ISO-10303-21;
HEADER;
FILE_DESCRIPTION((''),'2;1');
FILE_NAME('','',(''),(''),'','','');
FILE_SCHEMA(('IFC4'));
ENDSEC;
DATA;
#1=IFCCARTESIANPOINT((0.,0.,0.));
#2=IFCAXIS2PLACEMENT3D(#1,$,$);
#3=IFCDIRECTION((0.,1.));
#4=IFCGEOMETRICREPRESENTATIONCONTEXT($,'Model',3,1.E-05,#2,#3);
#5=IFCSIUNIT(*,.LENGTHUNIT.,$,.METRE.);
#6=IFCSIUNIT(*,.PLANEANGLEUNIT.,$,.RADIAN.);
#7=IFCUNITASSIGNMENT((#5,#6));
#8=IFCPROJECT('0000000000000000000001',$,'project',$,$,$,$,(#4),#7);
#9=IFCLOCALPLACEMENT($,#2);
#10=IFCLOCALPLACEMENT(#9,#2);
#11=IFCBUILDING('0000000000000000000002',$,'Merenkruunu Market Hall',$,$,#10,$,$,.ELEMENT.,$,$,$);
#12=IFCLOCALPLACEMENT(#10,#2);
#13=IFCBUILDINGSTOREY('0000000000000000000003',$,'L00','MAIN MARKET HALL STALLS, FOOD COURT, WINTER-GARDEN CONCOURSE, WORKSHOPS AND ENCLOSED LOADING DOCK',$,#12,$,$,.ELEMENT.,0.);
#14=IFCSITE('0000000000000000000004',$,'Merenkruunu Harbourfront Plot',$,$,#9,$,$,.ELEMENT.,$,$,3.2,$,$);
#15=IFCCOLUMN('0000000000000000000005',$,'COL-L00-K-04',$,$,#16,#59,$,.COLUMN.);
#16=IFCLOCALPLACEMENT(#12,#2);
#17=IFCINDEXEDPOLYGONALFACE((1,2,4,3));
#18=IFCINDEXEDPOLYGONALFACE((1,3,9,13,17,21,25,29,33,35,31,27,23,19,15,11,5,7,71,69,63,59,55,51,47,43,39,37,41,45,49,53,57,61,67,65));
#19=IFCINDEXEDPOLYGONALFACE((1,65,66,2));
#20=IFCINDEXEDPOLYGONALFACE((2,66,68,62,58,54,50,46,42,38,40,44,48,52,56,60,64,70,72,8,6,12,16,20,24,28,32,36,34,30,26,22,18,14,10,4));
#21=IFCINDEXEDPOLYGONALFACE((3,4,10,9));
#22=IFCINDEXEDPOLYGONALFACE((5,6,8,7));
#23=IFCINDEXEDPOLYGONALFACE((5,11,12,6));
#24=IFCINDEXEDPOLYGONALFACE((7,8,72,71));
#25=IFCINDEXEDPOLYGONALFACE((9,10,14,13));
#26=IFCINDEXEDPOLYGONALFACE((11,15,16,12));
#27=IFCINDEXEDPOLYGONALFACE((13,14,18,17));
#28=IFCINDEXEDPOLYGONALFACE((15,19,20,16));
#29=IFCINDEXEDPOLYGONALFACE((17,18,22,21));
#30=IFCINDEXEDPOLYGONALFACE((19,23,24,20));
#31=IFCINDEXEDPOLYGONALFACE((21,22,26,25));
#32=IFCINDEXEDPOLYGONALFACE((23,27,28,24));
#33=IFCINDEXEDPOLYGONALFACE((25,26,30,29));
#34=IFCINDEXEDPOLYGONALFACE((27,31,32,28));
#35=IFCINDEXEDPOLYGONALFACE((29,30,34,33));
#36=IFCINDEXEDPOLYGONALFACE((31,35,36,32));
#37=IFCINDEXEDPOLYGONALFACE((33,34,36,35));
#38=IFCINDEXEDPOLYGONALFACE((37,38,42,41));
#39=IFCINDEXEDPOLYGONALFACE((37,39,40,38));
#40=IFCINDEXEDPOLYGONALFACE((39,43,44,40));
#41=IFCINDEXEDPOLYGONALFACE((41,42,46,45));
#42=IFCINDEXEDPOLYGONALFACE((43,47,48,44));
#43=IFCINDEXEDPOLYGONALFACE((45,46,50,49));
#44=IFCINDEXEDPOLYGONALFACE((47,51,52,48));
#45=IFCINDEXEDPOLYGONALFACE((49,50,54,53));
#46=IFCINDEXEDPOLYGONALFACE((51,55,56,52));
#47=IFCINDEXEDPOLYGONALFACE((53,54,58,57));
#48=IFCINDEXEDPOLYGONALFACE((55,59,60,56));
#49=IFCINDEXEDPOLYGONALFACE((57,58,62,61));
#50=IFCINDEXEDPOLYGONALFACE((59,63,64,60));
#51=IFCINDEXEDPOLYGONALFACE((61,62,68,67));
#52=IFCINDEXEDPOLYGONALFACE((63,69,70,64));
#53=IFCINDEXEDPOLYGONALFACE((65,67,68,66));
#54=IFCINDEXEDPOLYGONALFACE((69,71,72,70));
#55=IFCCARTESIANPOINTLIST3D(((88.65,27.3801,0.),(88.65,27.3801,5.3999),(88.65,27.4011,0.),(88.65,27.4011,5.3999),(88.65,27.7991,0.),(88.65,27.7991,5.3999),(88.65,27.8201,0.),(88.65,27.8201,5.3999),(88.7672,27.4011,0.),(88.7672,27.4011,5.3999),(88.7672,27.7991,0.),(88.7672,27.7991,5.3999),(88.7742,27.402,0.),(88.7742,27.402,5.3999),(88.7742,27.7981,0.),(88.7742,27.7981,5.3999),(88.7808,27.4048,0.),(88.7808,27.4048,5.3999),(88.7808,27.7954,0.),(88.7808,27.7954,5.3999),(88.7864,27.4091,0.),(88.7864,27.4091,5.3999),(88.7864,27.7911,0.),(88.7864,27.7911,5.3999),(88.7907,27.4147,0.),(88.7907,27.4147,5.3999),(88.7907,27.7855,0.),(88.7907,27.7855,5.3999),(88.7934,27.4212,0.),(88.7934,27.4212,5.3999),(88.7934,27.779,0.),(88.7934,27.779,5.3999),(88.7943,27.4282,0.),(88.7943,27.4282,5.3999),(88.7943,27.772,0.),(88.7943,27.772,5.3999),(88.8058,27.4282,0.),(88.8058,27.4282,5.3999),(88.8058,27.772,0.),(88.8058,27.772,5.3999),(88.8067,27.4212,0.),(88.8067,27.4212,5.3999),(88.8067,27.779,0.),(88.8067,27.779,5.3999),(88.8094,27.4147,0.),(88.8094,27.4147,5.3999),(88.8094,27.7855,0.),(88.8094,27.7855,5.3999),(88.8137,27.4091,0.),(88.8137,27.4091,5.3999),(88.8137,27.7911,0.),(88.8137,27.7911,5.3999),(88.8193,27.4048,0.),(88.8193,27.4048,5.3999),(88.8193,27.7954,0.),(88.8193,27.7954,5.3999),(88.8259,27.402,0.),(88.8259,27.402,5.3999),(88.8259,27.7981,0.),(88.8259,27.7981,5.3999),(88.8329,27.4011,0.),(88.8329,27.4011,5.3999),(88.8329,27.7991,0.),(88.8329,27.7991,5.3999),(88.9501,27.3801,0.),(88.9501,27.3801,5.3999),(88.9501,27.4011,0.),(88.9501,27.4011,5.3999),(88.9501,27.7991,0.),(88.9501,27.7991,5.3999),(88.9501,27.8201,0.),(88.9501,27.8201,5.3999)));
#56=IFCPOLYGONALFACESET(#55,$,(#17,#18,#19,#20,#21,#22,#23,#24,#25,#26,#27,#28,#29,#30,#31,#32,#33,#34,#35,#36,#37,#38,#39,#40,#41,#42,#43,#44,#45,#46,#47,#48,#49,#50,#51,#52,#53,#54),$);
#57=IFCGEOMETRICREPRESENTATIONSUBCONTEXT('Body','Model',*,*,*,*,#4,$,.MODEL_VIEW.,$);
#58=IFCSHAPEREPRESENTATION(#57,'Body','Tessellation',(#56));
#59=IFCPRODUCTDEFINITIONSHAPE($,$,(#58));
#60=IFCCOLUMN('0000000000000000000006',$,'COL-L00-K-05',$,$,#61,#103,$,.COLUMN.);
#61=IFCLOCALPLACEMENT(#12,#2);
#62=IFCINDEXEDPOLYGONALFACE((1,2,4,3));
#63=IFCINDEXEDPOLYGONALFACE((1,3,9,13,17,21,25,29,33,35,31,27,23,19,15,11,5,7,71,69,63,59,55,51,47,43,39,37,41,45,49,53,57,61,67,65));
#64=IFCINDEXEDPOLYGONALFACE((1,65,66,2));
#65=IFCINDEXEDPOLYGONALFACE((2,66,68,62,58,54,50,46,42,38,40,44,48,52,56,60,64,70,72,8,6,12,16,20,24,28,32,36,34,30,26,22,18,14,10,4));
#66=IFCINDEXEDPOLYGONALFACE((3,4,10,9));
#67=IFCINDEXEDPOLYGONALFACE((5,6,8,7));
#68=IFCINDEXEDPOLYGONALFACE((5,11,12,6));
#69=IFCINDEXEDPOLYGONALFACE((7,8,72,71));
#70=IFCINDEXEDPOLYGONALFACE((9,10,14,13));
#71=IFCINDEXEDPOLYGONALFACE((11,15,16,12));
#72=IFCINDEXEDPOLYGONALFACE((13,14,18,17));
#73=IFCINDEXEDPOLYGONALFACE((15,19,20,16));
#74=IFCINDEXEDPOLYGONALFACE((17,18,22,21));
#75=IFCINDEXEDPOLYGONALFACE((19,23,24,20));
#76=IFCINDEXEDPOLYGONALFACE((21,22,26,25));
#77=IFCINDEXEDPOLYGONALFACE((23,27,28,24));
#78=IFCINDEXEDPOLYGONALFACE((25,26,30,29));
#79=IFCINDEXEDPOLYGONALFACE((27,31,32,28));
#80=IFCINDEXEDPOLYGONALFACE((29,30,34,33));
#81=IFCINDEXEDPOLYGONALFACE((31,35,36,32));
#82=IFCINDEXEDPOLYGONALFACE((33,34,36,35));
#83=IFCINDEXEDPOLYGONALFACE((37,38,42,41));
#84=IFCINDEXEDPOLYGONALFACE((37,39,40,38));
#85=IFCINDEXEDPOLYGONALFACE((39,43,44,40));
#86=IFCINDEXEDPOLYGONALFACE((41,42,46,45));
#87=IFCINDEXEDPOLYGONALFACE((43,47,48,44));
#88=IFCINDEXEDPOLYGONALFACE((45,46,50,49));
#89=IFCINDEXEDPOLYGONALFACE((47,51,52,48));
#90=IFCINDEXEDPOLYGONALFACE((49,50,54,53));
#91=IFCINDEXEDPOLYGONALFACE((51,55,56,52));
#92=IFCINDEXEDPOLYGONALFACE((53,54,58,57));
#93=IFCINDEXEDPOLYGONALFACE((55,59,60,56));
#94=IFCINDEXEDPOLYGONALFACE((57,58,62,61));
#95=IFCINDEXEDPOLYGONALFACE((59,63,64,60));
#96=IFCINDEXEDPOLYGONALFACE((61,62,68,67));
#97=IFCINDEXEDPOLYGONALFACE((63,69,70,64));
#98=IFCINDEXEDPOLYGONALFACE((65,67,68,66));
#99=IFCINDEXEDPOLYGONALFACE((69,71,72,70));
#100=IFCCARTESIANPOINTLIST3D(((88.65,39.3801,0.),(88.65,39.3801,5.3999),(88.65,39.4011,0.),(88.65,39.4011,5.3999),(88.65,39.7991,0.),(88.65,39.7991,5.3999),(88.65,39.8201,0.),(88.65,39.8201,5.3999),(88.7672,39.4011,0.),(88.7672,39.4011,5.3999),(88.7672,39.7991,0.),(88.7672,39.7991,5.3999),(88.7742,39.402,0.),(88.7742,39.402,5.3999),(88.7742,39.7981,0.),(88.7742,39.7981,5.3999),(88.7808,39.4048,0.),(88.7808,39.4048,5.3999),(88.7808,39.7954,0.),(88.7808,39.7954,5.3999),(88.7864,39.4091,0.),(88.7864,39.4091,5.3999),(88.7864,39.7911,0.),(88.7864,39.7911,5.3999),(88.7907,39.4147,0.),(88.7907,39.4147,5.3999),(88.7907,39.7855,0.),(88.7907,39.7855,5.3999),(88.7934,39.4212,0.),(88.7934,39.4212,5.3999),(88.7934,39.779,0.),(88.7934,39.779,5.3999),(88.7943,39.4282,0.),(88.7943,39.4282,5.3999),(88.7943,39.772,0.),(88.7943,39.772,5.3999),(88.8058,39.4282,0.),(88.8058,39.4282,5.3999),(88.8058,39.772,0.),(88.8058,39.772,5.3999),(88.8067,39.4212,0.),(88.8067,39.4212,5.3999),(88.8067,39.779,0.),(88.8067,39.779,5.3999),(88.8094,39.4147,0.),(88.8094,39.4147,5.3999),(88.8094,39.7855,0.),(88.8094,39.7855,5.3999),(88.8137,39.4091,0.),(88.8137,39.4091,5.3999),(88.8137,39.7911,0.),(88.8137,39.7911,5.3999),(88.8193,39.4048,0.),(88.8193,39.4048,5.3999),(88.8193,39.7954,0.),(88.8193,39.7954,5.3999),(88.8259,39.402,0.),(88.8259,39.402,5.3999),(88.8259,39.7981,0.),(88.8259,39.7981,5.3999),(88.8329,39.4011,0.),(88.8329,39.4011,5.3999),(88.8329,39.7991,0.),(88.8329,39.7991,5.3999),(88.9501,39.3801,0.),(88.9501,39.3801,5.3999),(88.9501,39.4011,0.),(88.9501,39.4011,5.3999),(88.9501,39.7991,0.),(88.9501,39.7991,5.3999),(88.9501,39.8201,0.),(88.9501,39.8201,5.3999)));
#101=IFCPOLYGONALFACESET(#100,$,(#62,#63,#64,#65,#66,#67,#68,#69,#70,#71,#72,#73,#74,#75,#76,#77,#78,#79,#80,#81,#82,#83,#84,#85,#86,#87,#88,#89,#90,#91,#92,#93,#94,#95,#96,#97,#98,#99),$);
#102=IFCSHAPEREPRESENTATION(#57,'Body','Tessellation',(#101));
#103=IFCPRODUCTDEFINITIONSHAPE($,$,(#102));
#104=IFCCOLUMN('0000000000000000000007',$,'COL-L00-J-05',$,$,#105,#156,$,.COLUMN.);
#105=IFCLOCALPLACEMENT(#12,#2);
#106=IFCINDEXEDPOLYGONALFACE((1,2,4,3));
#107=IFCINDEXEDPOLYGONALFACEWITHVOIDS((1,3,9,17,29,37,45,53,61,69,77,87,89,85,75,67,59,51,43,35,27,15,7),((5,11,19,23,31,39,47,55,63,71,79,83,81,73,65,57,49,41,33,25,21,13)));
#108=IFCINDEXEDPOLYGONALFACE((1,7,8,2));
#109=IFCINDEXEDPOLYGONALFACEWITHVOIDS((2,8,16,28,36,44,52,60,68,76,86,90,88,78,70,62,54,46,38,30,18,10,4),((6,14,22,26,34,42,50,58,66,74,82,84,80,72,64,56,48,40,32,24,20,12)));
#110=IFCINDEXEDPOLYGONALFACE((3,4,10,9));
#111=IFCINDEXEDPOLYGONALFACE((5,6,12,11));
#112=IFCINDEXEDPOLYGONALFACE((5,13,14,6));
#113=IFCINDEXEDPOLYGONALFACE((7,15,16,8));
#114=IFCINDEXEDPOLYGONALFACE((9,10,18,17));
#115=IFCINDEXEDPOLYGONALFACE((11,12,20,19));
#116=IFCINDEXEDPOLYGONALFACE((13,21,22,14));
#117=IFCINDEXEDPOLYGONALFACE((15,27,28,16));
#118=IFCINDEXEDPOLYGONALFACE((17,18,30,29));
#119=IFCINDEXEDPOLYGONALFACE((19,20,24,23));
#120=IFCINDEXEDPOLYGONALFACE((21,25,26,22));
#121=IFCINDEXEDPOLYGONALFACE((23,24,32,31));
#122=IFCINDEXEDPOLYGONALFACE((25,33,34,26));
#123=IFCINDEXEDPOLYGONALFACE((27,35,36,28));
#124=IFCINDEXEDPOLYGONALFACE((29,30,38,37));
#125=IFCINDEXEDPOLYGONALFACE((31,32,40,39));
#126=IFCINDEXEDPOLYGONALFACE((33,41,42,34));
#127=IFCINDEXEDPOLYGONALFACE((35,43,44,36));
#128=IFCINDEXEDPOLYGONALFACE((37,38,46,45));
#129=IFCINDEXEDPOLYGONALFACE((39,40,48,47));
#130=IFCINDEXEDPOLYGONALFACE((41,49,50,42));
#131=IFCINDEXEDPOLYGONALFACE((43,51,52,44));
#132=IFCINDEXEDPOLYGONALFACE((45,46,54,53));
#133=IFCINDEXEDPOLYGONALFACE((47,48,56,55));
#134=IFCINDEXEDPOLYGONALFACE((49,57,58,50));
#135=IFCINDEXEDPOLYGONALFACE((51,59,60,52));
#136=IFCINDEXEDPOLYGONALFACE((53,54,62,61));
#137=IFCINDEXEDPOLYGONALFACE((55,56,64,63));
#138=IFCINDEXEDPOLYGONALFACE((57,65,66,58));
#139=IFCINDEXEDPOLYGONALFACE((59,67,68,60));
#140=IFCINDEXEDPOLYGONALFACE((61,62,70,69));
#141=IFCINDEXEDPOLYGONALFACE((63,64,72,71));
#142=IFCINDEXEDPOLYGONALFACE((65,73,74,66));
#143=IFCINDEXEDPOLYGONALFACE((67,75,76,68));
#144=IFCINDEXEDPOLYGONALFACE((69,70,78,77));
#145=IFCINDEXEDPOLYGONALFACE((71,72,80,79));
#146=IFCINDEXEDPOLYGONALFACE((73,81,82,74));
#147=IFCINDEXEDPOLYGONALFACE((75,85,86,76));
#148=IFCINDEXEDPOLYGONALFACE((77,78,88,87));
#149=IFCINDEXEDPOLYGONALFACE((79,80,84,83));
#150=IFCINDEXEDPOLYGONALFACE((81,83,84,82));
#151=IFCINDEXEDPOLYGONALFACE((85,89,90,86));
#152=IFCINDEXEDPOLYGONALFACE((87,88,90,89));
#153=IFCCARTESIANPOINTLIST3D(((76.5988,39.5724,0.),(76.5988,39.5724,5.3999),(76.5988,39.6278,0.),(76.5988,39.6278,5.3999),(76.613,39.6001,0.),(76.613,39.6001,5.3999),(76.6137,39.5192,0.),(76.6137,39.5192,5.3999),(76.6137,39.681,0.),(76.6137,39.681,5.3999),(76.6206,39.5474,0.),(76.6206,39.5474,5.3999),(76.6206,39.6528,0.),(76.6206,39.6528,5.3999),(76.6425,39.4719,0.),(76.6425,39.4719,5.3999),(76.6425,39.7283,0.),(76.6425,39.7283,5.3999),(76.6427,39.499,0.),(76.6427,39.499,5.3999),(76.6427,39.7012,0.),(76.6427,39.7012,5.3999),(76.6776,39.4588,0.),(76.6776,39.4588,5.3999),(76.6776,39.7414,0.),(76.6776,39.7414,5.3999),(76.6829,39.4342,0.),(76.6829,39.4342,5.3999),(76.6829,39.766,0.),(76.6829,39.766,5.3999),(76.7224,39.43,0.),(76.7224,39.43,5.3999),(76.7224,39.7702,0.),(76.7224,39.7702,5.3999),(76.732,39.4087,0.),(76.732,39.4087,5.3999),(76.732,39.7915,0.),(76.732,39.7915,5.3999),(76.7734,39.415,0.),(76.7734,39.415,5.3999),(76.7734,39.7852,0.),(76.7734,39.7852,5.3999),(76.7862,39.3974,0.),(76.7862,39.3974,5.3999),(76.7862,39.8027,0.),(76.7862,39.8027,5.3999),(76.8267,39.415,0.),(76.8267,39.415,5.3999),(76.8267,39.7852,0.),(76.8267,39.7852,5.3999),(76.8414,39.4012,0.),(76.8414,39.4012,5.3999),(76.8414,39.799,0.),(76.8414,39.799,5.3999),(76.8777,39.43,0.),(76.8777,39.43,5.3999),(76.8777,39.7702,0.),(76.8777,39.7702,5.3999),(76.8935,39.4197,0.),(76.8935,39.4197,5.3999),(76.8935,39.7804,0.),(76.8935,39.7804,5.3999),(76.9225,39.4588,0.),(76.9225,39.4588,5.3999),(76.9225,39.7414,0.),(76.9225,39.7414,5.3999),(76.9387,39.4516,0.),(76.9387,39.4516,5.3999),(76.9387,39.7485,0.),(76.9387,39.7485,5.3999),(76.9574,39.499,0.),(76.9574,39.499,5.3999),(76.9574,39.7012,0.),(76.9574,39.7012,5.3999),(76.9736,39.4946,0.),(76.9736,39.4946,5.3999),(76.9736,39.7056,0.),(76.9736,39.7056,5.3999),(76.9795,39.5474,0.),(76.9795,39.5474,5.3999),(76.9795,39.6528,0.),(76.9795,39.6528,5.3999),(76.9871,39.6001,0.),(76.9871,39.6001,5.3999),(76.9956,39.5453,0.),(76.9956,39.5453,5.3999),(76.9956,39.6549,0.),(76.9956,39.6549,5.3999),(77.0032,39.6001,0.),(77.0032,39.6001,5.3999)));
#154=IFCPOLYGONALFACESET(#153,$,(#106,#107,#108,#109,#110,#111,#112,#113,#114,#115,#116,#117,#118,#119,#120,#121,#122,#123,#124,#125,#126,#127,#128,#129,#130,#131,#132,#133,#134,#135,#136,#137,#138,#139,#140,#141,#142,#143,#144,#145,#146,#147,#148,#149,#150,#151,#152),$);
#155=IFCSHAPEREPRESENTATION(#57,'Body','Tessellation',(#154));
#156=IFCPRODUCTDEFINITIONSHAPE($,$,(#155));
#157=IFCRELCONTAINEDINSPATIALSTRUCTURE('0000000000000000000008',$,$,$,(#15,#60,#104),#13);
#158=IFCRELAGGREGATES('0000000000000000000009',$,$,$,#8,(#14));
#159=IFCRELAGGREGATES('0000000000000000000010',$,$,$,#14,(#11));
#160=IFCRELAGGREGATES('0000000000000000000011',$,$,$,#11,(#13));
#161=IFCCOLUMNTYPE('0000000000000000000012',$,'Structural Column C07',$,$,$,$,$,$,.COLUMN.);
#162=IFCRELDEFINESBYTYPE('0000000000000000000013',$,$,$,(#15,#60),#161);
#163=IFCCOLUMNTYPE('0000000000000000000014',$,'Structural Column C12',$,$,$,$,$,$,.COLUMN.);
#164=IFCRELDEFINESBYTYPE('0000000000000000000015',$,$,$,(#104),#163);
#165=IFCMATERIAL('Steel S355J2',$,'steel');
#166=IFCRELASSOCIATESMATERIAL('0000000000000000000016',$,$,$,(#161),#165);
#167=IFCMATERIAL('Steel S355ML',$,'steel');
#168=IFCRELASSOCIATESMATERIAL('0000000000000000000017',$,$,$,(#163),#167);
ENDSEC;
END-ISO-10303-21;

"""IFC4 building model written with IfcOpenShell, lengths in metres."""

from ifc_helpers import new_model, si_unit, direction, frame, origin, origin_2d, place, context, subcontext, project, spatial, hollow_circle, i_section, extrude, material, material_profile, profile_set, type_object, element, save


model = new_model("IFC4")

# Units and contexts
model_context = context("Model", 3, precision=1e-05, world=origin(), true_north=direction((0.0, 1.0)))
body_context = subcontext(model_context, "Body", "Model", "MODEL_VIEW")
ifc_project = project(units=[si_unit("LENGTHUNIT", "METRE"), si_unit("PLANEANGLEUNIT", "RADIAN")], contexts=[model_context])

# Site, building, storey
site_placement = place(None, origin())
site = spatial("IfcSite", under=ifc_project, at=site_placement, Name="Merenkruunu Harbourfront Plot", CompositionType="ELEMENT", RefElevation=3.2)
building_placement = place(site_placement, origin())
building = spatial("IfcBuilding", under=site, at=building_placement, Name="Merenkruunu Market Hall", CompositionType="ELEMENT")
storey_placement = place(building_placement, origin())
storey = spatial("IfcBuildingStorey", under=building, at=storey_placement, Name="L00", Description="MAIN MARKET HALL STALLS, FOOD COURT, WINTER-GARDEN CONCOURSE, WORKSHOPS AND ENCLOSED LOADING DOCK", CompositionType="ELEMENT", Elevation=0.0)

# Columns
ifc_material_1 = material(Name="Steel S355J2", Category="steel")
ifc_material_profile_1 = material_profile(ifc_material_1, i_section(OverallWidth=0.3, OverallDepth=0.4399, WebThickness=0.0115, FlangeThickness=0.021, FilletRadius=0.0271, at=origin_2d()), Name="HEA 450")
ifc_profile_set_1 = profile_set([ifc_material_profile_1], Name="Steel S355J2")
column_type_1 = type_object("IfcColumnType", Name="Structural Column C07", PredefinedType="COLUMN", material=ifc_profile_set_1)
for number, where, z_axis, x_axis, name in (
    (1, (88.8, 27.6001, 0.0), (0.0, 0.0, 1.0), (1.0, 0.0, 0.0), "COL-L00-K-04"),
    (2, (88.8, 39.6001, 0.0), (0.0, 0.0, 1.0), (1.0, 0.0, 0.0), "COL-L00-K-05"),
):
    element("IfcColumn", number, at=place(storey_placement, frame(where, z_axis=z_axis, x_axis=x_axis)), inside=storey, type_object=column_type_1, Name=name, PredefinedType="COLUMN", context=body_context, shape_type="SweptSolid", body=[
        extrude(i_section(OverallWidth=0.3, OverallDepth=0.4399, WebThickness=0.0115, FlangeThickness=0.021, FilletRadius=0.0271, at=origin_2d()), origin(), (0.0, 0.0, 1.0), 5.3999),
    ])
ifc_material_2 = material(Name="Steel S355ML", Category="steel")
ifc_material_profile_2 = material_profile(ifc_material_2, hollow_circle(Radius=0.2031, WallThickness=0.0161, at=origin_2d()), Name="CHS 406.4x16")
ifc_profile_set_2 = profile_set([ifc_material_profile_2], Name="Steel S355ML")
column_type_2 = type_object("IfcColumnType", Name="Structural Column C12", PredefinedType="COLUMN", material=ifc_profile_set_2)
column_1_placement = place(storey_placement, frame((76.8, 39.6001, 0.0), z_axis=(0.0, 0.0, 1.0), x_axis=(1.0, 0.0, 0.0)))
element("IfcColumn", 3, at=column_1_placement, inside=storey, type_object=column_type_2, Name="COL-L00-J-05", PredefinedType="COLUMN", context=body_context, shape_type="SweptSolid", body=[
    extrude(hollow_circle(Radius=0.2031, WallThickness=0.0161, at=origin_2d()), origin(), (0.0, 0.0, 1.0), 5.3999),
])

save(model, "model.ifc")
